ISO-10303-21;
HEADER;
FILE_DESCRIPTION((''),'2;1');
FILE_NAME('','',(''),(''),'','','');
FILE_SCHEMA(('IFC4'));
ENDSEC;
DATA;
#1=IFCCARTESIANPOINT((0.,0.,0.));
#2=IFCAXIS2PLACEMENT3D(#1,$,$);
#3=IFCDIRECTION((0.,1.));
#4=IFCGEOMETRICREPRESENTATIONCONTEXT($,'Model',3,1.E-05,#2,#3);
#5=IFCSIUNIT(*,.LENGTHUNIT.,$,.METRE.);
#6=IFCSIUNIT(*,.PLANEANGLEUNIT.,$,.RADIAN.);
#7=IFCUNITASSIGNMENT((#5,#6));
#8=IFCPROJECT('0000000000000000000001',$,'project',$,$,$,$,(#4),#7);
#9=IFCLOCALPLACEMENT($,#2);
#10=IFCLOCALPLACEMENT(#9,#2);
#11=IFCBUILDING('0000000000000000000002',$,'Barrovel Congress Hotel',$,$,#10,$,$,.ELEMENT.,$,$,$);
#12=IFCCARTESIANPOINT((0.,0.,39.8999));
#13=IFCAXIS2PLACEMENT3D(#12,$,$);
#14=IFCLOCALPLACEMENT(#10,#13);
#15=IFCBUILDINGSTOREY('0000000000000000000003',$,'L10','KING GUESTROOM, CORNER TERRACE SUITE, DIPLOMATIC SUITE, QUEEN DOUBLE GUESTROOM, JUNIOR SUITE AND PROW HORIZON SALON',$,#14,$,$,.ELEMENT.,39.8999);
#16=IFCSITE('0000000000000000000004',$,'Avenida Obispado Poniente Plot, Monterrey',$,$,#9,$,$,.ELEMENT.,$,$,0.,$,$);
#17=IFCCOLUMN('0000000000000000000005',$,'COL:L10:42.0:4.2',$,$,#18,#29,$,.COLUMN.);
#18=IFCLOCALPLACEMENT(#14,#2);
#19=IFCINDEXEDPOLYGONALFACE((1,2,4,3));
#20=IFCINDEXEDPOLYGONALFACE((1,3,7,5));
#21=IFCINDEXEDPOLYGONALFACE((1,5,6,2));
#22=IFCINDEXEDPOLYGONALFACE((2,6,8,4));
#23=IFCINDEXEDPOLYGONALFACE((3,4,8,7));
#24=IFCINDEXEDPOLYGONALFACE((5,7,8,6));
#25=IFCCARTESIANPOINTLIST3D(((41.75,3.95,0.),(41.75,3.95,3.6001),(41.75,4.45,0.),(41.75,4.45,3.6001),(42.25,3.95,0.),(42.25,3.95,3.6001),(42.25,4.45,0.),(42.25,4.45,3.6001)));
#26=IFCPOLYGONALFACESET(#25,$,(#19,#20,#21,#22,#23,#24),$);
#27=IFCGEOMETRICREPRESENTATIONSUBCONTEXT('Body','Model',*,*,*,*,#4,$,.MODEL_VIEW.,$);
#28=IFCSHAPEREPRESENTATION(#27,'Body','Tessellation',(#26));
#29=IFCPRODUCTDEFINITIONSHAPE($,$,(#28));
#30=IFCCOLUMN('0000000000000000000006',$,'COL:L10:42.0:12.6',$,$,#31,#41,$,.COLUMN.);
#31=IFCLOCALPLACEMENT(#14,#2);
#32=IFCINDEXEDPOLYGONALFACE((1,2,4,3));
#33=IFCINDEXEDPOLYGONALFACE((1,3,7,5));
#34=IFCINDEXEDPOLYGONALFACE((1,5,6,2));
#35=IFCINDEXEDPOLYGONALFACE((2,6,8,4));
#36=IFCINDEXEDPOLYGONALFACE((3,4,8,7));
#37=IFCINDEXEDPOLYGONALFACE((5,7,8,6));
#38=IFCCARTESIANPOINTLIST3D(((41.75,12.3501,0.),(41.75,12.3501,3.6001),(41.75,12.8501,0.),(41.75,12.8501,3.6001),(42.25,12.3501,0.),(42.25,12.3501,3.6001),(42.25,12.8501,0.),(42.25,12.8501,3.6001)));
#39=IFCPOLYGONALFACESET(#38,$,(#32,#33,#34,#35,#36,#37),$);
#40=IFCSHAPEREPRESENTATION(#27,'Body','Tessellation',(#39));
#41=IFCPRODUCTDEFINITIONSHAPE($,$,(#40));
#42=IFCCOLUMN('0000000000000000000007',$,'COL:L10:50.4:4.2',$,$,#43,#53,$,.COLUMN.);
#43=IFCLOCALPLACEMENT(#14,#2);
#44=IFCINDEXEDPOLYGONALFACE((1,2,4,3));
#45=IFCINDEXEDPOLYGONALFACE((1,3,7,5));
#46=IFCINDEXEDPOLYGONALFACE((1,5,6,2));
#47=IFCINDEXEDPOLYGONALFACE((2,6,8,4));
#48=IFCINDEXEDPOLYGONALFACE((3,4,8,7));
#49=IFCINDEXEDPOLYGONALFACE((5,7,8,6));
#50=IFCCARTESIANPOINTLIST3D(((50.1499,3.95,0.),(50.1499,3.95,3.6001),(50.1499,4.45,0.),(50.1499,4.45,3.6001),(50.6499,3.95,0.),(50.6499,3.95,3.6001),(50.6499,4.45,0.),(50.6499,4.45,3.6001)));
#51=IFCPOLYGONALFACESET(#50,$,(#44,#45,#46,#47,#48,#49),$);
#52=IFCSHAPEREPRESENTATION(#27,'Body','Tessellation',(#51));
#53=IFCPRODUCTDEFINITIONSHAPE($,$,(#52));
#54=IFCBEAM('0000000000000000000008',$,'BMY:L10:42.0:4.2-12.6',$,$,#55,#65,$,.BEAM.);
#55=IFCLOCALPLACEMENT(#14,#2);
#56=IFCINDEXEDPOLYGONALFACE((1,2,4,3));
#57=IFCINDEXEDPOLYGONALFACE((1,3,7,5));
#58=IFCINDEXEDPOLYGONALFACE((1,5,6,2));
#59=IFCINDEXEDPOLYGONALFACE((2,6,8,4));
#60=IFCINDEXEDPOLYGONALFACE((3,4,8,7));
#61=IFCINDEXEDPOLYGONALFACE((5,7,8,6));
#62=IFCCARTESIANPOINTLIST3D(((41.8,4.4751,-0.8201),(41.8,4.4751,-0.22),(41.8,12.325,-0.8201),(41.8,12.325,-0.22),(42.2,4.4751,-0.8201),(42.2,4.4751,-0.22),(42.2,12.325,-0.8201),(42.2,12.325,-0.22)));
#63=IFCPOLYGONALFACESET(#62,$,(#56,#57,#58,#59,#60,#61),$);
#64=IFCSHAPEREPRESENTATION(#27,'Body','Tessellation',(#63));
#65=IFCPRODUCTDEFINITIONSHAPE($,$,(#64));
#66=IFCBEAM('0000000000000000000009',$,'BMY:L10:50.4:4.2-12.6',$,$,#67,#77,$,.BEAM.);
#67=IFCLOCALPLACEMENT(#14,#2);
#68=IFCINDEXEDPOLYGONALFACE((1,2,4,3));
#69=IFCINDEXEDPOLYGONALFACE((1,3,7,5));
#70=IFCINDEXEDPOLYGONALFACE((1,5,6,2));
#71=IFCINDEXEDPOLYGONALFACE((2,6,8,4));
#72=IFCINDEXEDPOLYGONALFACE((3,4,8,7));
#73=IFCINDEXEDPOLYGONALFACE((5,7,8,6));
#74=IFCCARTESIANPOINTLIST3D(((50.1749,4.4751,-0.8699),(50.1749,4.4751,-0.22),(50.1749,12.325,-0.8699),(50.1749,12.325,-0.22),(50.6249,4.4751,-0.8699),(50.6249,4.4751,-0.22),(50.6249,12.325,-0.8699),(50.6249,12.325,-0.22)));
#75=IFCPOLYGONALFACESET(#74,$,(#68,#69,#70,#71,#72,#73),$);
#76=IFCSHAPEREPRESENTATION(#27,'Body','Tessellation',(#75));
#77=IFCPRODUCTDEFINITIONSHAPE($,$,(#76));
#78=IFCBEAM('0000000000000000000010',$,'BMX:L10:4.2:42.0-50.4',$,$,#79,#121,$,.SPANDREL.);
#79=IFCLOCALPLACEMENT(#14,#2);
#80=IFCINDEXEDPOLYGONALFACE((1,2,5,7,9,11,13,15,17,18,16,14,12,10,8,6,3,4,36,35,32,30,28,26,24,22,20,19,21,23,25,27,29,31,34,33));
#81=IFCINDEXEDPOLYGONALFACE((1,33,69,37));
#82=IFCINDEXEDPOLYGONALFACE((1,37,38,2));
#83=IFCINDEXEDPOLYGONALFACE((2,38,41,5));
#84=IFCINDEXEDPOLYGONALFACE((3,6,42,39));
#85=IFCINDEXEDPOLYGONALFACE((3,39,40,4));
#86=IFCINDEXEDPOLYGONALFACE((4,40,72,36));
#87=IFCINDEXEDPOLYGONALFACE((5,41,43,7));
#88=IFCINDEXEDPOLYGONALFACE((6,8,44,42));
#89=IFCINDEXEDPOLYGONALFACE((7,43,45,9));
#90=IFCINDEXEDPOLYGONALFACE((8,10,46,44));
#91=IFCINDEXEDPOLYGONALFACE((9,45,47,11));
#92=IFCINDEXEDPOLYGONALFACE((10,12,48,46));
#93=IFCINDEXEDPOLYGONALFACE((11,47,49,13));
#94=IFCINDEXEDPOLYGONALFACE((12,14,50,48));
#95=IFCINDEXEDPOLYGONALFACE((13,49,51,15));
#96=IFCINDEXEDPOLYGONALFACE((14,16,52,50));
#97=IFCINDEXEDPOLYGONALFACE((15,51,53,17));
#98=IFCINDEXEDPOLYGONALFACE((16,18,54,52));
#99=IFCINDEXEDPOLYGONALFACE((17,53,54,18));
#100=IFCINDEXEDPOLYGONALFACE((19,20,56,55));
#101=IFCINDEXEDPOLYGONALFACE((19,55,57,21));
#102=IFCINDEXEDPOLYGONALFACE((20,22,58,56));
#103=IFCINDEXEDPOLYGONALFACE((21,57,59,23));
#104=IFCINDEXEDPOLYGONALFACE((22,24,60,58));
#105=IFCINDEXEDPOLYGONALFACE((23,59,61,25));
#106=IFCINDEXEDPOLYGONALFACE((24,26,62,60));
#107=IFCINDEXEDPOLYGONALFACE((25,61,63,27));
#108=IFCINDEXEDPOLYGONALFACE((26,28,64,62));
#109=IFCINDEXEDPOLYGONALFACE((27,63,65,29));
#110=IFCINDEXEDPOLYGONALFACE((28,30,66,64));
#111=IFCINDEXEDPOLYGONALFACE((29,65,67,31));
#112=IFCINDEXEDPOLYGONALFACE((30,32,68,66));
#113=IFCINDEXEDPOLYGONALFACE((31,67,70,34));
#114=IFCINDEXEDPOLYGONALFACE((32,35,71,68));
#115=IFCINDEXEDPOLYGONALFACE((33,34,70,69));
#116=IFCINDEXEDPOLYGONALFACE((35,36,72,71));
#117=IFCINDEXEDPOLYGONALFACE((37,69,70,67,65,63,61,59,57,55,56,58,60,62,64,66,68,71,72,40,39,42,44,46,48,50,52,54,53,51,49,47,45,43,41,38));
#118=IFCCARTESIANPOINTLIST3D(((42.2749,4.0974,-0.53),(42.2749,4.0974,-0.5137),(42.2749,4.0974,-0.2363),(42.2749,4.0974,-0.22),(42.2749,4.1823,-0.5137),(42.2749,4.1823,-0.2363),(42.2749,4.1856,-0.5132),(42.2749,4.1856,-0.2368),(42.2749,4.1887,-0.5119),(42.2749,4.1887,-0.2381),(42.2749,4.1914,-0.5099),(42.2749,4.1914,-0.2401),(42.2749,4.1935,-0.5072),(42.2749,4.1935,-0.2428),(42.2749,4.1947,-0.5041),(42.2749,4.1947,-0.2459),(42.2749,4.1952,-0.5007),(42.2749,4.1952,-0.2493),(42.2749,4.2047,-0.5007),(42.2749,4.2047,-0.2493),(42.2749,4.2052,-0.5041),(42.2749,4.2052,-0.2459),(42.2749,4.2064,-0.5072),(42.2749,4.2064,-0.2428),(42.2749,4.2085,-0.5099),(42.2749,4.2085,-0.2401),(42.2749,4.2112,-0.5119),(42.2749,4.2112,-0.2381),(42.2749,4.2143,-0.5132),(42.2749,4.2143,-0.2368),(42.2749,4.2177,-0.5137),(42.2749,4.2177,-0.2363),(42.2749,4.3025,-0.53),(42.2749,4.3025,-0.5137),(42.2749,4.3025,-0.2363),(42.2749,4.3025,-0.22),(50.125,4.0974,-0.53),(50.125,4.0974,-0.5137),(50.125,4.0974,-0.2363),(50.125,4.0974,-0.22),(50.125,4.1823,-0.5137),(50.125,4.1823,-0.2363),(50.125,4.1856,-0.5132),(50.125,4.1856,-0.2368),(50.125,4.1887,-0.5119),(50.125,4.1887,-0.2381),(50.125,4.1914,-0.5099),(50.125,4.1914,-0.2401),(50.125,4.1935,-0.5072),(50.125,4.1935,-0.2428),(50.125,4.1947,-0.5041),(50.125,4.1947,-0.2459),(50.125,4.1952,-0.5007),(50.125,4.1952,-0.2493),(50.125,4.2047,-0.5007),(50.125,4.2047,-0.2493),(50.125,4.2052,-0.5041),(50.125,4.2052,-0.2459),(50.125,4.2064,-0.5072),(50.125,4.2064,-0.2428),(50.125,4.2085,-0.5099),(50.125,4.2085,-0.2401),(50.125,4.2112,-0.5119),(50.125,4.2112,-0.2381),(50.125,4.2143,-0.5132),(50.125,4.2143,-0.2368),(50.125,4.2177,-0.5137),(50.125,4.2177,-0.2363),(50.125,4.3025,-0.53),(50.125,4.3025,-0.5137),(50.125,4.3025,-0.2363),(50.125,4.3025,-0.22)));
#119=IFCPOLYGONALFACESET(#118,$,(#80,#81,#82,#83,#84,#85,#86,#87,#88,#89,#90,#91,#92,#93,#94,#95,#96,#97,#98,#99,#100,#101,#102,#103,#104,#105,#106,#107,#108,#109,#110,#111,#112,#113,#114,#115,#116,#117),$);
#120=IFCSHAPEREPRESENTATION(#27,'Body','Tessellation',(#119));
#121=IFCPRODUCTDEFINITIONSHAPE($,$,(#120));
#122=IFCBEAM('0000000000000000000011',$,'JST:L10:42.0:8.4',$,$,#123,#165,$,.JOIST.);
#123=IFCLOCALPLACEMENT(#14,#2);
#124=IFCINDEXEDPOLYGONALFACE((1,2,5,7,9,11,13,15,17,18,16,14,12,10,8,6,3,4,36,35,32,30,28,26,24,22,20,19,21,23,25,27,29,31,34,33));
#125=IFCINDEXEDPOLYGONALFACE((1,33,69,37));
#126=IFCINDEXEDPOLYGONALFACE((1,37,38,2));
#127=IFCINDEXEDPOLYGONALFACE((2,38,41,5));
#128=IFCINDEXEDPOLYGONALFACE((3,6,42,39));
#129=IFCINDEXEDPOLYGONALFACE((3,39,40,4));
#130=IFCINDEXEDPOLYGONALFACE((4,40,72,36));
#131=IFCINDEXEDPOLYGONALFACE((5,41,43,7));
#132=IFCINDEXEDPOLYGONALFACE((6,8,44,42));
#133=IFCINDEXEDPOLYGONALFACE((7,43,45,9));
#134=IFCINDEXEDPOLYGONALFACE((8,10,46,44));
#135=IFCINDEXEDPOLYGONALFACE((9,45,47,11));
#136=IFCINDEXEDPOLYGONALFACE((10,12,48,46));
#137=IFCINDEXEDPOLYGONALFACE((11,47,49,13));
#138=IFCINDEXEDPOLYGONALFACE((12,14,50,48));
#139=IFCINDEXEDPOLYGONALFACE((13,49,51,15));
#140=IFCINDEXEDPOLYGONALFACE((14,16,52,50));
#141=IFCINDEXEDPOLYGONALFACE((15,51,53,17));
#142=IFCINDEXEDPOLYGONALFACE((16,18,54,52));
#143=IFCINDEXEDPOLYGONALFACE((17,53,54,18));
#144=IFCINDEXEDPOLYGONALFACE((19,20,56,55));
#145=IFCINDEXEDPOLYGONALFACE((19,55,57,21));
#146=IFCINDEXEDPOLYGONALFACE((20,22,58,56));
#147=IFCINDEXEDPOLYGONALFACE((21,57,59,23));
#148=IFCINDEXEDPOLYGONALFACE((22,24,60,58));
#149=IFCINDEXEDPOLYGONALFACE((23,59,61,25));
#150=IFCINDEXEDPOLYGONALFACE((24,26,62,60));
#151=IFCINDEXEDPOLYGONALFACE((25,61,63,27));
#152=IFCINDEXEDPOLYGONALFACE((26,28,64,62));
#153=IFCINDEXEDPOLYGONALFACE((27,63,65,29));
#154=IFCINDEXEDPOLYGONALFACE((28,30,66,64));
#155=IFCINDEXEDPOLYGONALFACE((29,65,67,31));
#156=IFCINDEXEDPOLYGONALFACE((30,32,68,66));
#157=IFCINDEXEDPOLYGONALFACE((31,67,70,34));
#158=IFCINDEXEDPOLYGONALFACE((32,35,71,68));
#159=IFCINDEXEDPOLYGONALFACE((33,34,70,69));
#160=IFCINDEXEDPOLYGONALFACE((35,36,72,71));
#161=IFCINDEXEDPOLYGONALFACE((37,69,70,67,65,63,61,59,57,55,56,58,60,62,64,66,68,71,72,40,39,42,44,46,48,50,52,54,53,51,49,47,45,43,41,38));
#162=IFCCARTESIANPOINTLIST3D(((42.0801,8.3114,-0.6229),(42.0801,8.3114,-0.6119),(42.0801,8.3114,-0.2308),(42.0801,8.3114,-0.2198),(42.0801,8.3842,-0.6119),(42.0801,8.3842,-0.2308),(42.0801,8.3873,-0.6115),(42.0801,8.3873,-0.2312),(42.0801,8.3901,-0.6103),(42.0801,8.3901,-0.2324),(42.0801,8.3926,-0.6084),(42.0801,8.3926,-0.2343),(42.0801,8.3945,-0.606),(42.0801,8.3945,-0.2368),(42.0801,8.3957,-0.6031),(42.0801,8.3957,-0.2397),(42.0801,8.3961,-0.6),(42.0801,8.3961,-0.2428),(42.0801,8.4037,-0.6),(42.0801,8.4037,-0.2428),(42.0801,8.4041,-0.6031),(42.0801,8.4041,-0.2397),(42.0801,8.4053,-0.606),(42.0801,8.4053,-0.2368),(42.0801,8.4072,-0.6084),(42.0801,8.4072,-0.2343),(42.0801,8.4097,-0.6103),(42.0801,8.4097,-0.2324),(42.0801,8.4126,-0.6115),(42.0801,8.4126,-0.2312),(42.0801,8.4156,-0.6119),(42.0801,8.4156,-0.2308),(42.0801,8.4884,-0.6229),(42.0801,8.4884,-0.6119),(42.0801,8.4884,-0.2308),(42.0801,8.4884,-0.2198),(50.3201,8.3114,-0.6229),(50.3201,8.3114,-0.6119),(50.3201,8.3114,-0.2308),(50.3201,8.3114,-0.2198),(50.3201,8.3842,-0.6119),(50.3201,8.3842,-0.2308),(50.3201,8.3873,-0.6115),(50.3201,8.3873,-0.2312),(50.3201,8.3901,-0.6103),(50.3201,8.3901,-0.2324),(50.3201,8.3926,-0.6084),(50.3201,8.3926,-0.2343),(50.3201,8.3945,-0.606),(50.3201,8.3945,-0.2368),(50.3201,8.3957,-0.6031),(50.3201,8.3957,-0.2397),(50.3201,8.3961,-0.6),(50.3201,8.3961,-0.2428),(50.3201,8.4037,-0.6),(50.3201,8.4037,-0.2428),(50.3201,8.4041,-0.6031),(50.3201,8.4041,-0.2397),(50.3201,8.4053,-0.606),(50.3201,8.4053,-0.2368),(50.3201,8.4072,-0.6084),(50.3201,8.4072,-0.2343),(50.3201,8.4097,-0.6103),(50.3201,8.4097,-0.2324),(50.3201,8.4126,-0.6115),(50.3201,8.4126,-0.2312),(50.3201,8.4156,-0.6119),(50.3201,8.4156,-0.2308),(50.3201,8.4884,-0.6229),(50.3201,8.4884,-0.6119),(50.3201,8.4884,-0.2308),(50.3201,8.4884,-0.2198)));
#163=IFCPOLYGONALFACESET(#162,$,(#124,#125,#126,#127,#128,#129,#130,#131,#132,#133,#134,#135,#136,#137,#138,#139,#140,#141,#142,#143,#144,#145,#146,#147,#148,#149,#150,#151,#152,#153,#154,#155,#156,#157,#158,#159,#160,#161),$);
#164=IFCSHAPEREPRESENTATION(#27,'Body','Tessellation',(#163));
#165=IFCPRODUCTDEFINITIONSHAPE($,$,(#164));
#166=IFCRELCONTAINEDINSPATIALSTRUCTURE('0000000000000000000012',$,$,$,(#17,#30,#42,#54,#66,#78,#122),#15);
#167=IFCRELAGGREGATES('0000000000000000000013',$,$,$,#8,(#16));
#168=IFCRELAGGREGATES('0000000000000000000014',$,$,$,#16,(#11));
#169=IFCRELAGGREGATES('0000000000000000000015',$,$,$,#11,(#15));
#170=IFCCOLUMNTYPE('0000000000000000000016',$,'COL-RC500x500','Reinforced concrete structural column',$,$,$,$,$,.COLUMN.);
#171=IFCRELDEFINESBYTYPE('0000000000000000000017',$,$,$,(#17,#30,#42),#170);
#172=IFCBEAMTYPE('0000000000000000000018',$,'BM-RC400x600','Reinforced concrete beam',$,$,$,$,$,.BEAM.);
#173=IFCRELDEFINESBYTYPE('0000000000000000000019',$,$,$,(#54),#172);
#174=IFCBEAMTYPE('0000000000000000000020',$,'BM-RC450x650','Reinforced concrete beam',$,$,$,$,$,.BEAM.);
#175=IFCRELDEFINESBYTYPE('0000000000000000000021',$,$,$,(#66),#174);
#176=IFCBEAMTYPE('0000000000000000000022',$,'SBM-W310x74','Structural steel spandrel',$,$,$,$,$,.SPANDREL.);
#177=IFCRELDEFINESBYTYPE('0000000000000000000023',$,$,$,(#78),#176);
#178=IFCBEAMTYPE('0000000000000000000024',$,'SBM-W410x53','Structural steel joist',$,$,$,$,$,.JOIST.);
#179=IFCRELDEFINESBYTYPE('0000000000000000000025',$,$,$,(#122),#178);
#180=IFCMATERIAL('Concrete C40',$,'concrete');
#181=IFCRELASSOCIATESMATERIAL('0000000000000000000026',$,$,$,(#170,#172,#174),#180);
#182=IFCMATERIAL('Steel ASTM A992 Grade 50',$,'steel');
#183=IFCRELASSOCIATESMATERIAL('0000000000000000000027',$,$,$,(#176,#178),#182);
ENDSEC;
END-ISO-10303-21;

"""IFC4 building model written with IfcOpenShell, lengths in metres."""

from ifc_helpers import new_model, si_unit, direction, frame, origin, origin_2d, place, context, subcontext, project, spatial, rectangle, i_section, extrude, material, material_profile, profile_set, type_object, element, save


model = new_model("IFC4")

# Units and contexts
model_context = context("Model", 3, precision=1e-05, world=origin(), true_north=direction((0.0, 1.0)))
body_context = subcontext(model_context, "Body", "Model", "MODEL_VIEW")
ifc_project = project(units=[si_unit("LENGTHUNIT", "METRE"), si_unit("PLANEANGLEUNIT", "RADIAN")], contexts=[model_context])

# Site, building, storey
site_placement = place(None, origin())
site = spatial("IfcSite", under=ifc_project, at=site_placement, Name="Avenida Obispado Poniente Plot, Monterrey", CompositionType="ELEMENT", RefElevation=0.0)
building_placement = place(site_placement, origin())
building = spatial("IfcBuilding", under=site, at=building_placement, Name="Barrovel Congress Hotel", CompositionType="ELEMENT")
storey_placement = place(building_placement, frame((0.0, 0.0, 39.8999)))
storey = spatial("IfcBuildingStorey", under=building, at=storey_placement, Name="L10", Description="KING GUESTROOM, CORNER TERRACE SUITE, DIPLOMATIC SUITE, QUEEN DOUBLE GUESTROOM, JUNIOR SUITE AND PROW HORIZON SALON", CompositionType="ELEMENT", Elevation=39.8999)

# Columns
ifc_material_1 = material(Name="Concrete C40", Category="concrete")
ifc_material_profile_1 = material_profile(ifc_material_1, rectangle(XDim=0.5, YDim=0.5, at=origin_2d()), Name="RC500x500")
ifc_profile_set_1 = profile_set([ifc_material_profile_1], Name="Concrete C40")
column_type = type_object("IfcColumnType", Name="COL-RC500x500", Description="Reinforced concrete structural column", PredefinedType="COLUMN", material=ifc_profile_set_1)
for number, where, z_axis, x_axis, name in (
    (1, (42.0, 4.2, 0.0), (0.0, 0.0, 1.0), (1.0, 0.0, 0.0), "COL:L10:42.0:4.2"),
    (2, (42.0, 12.6001, 0.0), (0.0, 0.0, 1.0), (1.0, 0.0, 0.0), "COL:L10:42.0:12.6"),
    (3, (50.3999, 4.2, 0.0), (0.0, 0.0, 1.0), (1.0, 0.0, 0.0), "COL:L10:50.4:4.2"),
):
    element("IfcColumn", number, at=place(storey_placement, frame(where, z_axis=z_axis, x_axis=x_axis)), inside=storey, type_object=column_type, Name=name, PredefinedType="COLUMN", context=body_context, shape_type="SweptSolid", body=[
        extrude(rectangle(XDim=0.5, YDim=0.5, at=origin_2d()), origin(), (0.0, 0.0, 1.0), 3.6001),
    ])

# Beams
ifc_material_profile_2 = material_profile(ifc_material_1, rectangle(XDim=0.3999, YDim=0.6001, at=origin_2d()), Name="RC400x600")
ifc_profile_set_2 = profile_set([ifc_material_profile_2], Name="Concrete C40")
beam_type_1 = type_object("IfcBeamType", Name="BM-RC400x600", Description="Reinforced concrete beam", PredefinedType="BEAM", material=ifc_profile_set_2)
beam_1_placement = place(storey_placement, frame((42.0, 4.4751, -0.52), z_axis=(0.0, 1.0, 0.0), x_axis=(-1.0, 0.0, 0.0)))
element("IfcBeam", 4, at=beam_1_placement, inside=storey, type_object=beam_type_1, Name="BMY:L10:42.0:4.2-12.6", PredefinedType="BEAM", context=body_context, shape_type="SweptSolid", body=[
    extrude(rectangle(XDim=0.3999, YDim=0.6001, at=origin_2d()), origin(), (0.0, 0.0, 1.0), 7.8499),
])
ifc_material_profile_3 = material_profile(ifc_material_1, rectangle(XDim=0.45, YDim=0.6499, at=origin_2d()), Name="RC450x650")
ifc_profile_set_3 = profile_set([ifc_material_profile_3], Name="Concrete C40")
beam_type_2 = type_object("IfcBeamType", Name="BM-RC450x650", Description="Reinforced concrete beam", PredefinedType="BEAM", material=ifc_profile_set_3)
beam_2_placement = place(storey_placement, frame((50.3999, 4.4751, -0.5449), z_axis=(0.0, 1.0, 0.0), x_axis=(-1.0, 0.0, 0.0)))
element("IfcBeam", 5, at=beam_2_placement, inside=storey, type_object=beam_type_2, Name="BMY:L10:50.4:4.2-12.6", PredefinedType="BEAM", context=body_context, shape_type="SweptSolid", body=[
    extrude(rectangle(XDim=0.45, YDim=0.6499, at=origin_2d()), origin(), (0.0, 0.0, 1.0), 7.8499),
])
ifc_material_2 = material(Name="Steel ASTM A992 Grade 50", Category="steel")
ifc_material_profile_4 = material_profile(ifc_material_2, i_section(OverallWidth=0.2051, OverallDepth=0.3101, WebThickness=0.0095, FlangeThickness=0.0164, FilletRadius=0.0129, at=origin_2d()), Name="W310x74")
ifc_profile_set_4 = profile_set([ifc_material_profile_4], Name="Steel ASTM A992 Grade 50")
beam_type_3 = type_object("IfcBeamType", Name="SBM-W310x74", Description="Structural steel spandrel", PredefinedType="SPANDREL", material=ifc_profile_set_4)
beam_3_placement = place(storey_placement, frame((42.2749, 4.2, -0.375), z_axis=(1.0, 0.0, 0.0), x_axis=(0.0, 1.0, 0.0)))
element("IfcBeam", 6, at=beam_3_placement, inside=storey, type_object=beam_type_3, Name="BMX:L10:4.2:42.0-50.4", PredefinedType="SPANDREL", context=body_context, shape_type="SweptSolid", body=[
    extrude(i_section(OverallWidth=0.2051, OverallDepth=0.3101, WebThickness=0.0095, FlangeThickness=0.0164, FilletRadius=0.0129, at=origin_2d()), origin(), (0.0, 0.0, 1.0), 7.8501),
])
ifc_material_profile_5 = material_profile(ifc_material_2, i_section(OverallWidth=0.177, OverallDepth=0.4031, WebThickness=0.0076, FlangeThickness=0.011, FilletRadius=0.012, at=origin_2d()), Name="W410x53")
ifc_profile_set_5 = profile_set([ifc_material_profile_5], Name="Steel ASTM A992 Grade 50")
beam_type_4 = type_object("IfcBeamType", Name="SBM-W410x53", Description="Structural steel joist", PredefinedType="JOIST", material=ifc_profile_set_5)
beam_4_placement = place(storey_placement, frame((42.0801, 8.3999, -0.4214), z_axis=(1.0, 0.0, 0.0), x_axis=(0.0, 1.0, 0.0)))
element("IfcBeam", 7, at=beam_4_placement, inside=storey, type_object=beam_type_4, Name="JST:L10:42.0:8.4", PredefinedType="JOIST", context=body_context, shape_type="SweptSolid", body=[
    extrude(i_section(OverallWidth=0.177, OverallDepth=0.4031, WebThickness=0.0076, FlangeThickness=0.011, FilletRadius=0.012, at=origin_2d()), origin(), (0.0, 0.0, 1.0), 8.24),
])

save(model, "model.ifc")
